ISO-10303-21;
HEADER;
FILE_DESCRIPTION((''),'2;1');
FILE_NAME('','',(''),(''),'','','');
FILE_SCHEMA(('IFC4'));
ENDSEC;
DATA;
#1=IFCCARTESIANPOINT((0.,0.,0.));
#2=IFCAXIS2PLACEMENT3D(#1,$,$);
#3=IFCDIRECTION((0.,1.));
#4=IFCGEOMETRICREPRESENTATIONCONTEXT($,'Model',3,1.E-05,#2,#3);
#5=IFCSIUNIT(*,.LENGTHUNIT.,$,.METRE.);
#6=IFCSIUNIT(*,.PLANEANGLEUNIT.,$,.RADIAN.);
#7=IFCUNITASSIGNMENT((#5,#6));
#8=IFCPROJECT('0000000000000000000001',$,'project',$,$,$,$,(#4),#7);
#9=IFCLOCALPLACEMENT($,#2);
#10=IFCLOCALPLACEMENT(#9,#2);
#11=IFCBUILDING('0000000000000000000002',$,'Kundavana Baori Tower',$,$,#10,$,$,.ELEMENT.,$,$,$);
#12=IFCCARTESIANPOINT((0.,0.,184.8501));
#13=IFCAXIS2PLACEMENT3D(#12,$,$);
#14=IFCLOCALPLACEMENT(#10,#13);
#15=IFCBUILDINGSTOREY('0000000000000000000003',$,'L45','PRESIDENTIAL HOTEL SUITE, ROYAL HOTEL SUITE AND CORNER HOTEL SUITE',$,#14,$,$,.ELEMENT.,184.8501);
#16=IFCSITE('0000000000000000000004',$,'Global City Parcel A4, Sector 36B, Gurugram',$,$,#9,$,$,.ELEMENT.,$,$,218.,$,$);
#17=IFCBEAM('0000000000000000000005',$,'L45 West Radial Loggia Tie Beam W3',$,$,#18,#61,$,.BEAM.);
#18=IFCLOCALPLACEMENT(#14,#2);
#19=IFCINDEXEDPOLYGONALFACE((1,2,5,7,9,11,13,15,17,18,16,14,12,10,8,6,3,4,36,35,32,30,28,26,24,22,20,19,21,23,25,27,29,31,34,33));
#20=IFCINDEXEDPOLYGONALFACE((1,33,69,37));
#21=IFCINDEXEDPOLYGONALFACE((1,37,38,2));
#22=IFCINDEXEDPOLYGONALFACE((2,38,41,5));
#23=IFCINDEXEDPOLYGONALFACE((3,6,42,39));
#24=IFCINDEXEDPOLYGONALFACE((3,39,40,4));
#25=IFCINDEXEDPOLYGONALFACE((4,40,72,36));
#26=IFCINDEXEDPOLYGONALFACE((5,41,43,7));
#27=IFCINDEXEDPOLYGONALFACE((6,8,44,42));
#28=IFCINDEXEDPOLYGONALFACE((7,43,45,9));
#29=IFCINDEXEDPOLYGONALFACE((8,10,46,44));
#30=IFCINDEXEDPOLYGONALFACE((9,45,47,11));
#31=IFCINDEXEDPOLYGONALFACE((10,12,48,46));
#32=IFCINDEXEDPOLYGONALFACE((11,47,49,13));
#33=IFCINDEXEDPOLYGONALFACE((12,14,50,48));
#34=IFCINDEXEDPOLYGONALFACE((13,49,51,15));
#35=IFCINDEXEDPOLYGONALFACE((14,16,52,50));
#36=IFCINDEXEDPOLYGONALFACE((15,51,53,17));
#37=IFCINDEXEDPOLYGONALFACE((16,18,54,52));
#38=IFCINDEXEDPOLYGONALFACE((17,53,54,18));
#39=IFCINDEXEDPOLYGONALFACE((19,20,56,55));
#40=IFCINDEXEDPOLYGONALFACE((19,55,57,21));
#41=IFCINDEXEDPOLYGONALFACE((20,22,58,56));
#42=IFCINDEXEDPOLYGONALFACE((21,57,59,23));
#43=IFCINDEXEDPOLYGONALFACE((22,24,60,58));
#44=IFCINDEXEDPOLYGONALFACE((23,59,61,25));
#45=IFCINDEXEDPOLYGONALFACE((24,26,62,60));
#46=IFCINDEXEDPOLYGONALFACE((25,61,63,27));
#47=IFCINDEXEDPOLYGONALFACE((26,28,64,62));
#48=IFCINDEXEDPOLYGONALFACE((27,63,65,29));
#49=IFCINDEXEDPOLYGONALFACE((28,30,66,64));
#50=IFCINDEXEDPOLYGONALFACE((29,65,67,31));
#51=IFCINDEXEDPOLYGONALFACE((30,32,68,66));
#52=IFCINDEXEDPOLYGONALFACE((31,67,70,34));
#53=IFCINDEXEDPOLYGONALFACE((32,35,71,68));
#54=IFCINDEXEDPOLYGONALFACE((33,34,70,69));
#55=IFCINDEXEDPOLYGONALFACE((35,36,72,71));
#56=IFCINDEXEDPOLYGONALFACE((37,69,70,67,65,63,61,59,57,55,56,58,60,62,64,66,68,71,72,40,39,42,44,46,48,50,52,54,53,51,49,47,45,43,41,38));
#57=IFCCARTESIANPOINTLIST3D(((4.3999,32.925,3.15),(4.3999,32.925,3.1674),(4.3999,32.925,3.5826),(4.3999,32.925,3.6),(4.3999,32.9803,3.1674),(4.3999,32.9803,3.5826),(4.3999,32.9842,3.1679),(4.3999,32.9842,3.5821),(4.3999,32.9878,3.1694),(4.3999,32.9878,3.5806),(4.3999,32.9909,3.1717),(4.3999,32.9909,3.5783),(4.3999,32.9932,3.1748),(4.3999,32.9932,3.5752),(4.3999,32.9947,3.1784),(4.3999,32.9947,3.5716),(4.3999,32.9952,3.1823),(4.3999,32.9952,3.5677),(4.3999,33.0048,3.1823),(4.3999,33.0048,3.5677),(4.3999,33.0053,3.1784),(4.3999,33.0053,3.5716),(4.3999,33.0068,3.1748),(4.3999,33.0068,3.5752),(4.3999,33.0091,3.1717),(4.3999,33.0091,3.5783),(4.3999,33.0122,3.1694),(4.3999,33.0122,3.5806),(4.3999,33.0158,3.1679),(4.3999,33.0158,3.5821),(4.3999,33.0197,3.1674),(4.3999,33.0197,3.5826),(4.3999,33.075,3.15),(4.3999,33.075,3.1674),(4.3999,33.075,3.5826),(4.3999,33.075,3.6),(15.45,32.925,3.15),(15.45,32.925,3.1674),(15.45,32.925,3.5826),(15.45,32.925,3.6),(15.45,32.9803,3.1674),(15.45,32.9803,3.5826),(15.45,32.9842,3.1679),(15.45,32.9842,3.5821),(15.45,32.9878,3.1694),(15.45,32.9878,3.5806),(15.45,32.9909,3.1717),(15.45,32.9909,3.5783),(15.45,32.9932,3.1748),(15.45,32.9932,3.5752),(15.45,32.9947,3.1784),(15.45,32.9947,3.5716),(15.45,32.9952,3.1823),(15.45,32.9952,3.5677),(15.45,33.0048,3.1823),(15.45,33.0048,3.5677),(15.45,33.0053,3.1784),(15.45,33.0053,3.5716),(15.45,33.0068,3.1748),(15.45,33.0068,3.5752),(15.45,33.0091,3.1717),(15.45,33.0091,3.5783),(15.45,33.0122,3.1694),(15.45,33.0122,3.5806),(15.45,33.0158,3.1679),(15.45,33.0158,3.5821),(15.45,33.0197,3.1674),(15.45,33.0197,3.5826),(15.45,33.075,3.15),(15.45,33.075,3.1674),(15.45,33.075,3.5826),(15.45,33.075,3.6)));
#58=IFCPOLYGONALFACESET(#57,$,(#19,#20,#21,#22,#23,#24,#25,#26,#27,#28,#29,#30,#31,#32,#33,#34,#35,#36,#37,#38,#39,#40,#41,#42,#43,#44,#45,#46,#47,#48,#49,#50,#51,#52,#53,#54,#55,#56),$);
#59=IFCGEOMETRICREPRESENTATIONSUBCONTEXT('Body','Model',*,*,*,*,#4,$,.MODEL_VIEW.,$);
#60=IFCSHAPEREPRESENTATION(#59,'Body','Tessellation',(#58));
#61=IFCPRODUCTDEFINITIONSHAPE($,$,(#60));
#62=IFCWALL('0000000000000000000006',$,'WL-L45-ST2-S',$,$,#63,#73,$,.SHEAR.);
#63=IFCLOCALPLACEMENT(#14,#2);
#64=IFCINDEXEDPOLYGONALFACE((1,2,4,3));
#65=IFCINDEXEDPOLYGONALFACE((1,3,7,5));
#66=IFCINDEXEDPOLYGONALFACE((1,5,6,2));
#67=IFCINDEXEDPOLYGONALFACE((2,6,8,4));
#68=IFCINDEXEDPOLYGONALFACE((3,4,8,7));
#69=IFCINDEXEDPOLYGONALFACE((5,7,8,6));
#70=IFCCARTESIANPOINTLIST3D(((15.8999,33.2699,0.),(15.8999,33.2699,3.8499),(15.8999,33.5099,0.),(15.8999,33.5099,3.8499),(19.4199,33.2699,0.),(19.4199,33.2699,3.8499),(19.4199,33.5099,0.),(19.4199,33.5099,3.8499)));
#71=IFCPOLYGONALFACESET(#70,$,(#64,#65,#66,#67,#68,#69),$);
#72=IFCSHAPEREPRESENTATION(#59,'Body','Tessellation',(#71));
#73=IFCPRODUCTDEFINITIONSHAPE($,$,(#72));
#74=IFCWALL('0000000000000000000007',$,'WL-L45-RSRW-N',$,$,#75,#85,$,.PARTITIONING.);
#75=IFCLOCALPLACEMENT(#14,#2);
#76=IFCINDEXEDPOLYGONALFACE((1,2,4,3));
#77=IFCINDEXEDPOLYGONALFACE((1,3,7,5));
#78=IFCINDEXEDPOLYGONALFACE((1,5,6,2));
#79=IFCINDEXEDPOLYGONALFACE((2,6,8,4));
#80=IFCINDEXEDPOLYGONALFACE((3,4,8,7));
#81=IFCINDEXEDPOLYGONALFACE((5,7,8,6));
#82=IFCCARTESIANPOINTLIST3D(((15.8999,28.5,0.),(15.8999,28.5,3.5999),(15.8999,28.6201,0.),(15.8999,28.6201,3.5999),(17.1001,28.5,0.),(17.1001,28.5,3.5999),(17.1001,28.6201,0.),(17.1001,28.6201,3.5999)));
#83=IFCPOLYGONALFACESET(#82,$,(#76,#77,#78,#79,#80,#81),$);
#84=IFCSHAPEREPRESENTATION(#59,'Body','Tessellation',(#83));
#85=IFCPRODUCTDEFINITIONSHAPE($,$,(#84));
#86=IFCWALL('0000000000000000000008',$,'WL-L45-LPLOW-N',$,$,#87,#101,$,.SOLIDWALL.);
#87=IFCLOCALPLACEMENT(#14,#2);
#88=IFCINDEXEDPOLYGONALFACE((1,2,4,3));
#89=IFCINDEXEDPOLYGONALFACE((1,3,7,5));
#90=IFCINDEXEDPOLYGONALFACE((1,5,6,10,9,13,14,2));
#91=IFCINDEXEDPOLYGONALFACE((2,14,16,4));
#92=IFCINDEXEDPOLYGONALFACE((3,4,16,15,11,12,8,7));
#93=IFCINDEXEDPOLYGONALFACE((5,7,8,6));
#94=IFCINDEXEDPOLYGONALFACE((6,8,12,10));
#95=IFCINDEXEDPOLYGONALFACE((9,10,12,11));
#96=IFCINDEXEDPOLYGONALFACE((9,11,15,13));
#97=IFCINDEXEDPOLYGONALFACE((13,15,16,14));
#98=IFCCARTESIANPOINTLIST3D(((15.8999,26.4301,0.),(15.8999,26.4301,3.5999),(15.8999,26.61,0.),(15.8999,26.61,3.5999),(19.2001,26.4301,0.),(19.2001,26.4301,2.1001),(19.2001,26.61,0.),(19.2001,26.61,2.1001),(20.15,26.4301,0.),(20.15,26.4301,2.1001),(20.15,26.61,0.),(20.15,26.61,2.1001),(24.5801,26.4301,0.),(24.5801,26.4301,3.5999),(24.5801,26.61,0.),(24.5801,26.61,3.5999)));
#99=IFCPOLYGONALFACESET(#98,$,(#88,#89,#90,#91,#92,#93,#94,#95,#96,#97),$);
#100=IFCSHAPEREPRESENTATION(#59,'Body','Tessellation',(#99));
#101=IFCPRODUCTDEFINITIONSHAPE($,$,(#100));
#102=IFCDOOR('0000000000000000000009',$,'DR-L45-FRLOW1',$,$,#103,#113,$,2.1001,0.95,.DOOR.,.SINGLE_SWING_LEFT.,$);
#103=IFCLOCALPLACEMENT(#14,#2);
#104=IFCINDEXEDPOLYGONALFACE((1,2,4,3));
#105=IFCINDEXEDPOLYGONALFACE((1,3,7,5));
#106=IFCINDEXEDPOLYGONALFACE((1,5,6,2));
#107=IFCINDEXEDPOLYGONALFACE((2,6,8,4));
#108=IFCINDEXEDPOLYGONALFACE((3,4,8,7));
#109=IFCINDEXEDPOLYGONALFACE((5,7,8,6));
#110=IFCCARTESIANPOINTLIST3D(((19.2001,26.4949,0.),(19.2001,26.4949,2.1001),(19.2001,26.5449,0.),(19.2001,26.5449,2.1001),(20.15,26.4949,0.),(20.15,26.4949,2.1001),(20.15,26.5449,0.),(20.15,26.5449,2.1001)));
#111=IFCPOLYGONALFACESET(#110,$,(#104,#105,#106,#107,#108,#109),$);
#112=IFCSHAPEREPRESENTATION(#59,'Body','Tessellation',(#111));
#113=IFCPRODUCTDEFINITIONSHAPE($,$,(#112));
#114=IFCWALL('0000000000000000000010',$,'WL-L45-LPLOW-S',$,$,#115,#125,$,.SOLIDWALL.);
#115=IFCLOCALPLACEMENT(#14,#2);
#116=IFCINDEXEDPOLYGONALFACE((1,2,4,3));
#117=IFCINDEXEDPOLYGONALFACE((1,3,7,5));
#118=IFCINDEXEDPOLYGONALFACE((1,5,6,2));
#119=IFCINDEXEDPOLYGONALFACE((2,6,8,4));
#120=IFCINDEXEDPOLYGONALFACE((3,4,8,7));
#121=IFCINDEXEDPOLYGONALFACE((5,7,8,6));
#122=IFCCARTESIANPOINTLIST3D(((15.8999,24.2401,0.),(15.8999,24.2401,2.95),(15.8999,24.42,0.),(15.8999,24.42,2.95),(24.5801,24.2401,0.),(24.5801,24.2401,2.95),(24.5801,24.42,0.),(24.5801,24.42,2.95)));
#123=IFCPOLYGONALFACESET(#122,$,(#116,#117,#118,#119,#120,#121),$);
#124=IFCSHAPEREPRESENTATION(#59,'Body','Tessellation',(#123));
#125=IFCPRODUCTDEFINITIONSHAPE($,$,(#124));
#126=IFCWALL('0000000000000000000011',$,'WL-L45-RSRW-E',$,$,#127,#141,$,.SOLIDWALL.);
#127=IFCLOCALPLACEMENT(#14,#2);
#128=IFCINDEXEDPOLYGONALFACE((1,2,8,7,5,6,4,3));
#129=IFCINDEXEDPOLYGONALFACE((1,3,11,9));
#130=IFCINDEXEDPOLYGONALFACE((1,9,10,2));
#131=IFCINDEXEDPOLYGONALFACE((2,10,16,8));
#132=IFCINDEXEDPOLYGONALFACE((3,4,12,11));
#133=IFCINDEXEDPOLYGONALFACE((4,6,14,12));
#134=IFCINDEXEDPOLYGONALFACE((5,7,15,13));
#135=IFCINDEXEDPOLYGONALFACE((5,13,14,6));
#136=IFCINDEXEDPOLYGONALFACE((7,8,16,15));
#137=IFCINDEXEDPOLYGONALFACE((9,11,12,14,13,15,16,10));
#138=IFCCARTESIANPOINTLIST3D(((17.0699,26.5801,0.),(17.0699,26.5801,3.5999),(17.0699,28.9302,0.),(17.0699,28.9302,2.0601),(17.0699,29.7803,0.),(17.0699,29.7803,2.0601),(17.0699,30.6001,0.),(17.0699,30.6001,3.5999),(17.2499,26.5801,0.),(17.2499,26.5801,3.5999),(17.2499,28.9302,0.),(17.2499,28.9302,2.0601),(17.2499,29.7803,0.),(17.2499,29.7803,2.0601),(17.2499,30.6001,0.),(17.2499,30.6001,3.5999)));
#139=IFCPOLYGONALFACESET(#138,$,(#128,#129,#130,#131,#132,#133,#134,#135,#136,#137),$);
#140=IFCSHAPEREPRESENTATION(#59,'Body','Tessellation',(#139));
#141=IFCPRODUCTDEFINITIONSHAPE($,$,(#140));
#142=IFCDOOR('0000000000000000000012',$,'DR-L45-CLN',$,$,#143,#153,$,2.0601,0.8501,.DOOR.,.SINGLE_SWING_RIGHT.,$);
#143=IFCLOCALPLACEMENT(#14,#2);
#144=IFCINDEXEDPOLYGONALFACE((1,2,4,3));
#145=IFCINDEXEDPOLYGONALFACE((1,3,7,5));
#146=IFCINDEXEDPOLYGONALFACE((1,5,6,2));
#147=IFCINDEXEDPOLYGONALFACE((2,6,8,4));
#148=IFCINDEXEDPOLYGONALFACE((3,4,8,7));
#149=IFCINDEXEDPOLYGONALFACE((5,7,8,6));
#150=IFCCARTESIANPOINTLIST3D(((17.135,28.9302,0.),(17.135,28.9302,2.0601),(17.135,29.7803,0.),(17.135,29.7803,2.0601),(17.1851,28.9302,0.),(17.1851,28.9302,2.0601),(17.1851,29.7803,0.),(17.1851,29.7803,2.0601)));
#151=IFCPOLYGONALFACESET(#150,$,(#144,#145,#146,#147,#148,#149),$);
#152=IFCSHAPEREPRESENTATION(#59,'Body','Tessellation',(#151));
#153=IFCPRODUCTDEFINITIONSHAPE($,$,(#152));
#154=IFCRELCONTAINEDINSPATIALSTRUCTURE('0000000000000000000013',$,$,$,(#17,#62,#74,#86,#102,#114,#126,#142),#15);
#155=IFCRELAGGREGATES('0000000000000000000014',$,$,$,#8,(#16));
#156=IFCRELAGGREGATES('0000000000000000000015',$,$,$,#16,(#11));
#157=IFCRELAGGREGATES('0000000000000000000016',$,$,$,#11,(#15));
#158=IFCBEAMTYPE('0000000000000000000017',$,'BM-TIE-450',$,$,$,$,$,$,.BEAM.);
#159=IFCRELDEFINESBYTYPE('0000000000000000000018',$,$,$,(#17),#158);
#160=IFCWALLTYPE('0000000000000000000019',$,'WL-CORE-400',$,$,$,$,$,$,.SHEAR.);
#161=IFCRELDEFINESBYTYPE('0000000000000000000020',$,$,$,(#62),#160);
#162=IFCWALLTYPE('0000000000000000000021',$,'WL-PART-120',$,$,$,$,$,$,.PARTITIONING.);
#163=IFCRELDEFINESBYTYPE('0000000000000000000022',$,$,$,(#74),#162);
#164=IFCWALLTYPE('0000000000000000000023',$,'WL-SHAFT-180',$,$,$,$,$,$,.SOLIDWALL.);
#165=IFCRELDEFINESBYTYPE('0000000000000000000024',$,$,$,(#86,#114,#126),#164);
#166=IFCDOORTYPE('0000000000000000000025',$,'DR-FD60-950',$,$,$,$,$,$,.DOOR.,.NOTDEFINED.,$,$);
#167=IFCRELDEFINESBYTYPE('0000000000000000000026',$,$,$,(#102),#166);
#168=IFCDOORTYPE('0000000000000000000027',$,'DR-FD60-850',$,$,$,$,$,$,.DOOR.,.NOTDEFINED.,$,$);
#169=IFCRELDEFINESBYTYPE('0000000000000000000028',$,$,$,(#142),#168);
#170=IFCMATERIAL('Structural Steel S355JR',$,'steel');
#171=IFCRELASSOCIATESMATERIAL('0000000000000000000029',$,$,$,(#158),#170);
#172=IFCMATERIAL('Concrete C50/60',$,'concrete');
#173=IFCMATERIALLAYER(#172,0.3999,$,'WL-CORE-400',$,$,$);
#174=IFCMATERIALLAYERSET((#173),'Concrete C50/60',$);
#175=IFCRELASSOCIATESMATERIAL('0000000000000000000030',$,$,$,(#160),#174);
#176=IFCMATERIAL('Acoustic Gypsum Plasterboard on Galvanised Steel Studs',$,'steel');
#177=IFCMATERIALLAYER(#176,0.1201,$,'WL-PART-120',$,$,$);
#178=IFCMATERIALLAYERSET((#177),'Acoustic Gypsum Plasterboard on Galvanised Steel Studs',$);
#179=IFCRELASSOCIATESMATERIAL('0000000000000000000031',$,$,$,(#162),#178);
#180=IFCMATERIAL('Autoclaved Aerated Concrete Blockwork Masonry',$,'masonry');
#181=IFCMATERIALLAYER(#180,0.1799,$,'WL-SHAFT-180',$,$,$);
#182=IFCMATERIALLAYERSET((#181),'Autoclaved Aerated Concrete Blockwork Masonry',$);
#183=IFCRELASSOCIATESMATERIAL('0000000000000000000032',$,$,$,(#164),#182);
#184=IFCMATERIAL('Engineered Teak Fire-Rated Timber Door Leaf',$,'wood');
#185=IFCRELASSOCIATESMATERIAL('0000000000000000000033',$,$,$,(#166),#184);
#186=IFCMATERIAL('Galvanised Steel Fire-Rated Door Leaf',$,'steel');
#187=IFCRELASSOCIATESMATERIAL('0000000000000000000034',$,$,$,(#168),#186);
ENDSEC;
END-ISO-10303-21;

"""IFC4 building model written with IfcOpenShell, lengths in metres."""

from ifc_helpers import new_model, si_unit, direction, frame, frame_2d, origin, origin_2d, place, context, subcontext, project, spatial, rectangle, i_section, extrude, material, layer, layer_set, material_profile, profile_set, type_object, element, fill, save


model = new_model("IFC4")

# Units and contexts
model_context = context("Model", 3, precision=1e-05, world=origin(), true_north=direction((0.0, 1.0)))
body_context = subcontext(model_context, "Body", "Model", "MODEL_VIEW")
ifc_project = project(units=[si_unit("LENGTHUNIT", "METRE"), si_unit("PLANEANGLEUNIT", "RADIAN")], contexts=[model_context])

# Site, building, storey
site_placement = place(None, origin())
site = spatial("IfcSite", under=ifc_project, at=site_placement, Name="Global City Parcel A4, Sector 36B, Gurugram", CompositionType="ELEMENT", RefElevation=218.0)
building_placement = place(site_placement, origin())
building = spatial("IfcBuilding", under=site, at=building_placement, Name="Kundavana Baori Tower", CompositionType="ELEMENT")
storey_placement = place(building_placement, frame((0.0, 0.0, 184.8501)))
storey = spatial("IfcBuildingStorey", under=building, at=storey_placement, Name="L45", Description="PRESIDENTIAL HOTEL SUITE, ROYAL HOTEL SUITE AND CORNER HOTEL SUITE", CompositionType="ELEMENT", Elevation=184.8501)

# Beam
ifc_material_1 = material(Name="Structural Steel S355JR", Category="steel")
ifc_material_profile_1 = material_profile(ifc_material_1, i_section(OverallWidth=0.1499, OverallDepth=0.45, WebThickness=0.0095, FlangeThickness=0.0173, FilletRadius=0.0149, at=origin_2d()), Name="ISMB 450")
ifc_profile_set_1 = profile_set([ifc_material_profile_1], Name="Structural Steel S355JR")
beam_type_1 = type_object("IfcBeamType", Name="BM-TIE-450", PredefinedType="BEAM", material=ifc_profile_set_1)
for number, where, z_axis, x_axis, name in (
    (1, (15.45, 33.0, 3.375), (-1.0, 0.0, 0.0), (0.0, -1.0, 0.0), "L45 West Radial Loggia Tie Beam W3"),
):
    element("IfcBeam", number, at=place(storey_placement, frame(where, z_axis=z_axis, x_axis=x_axis)), inside=storey, type_object=beam_type_1, Name=name, PredefinedType="BEAM", context=body_context, shape_type="SweptSolid", body=[
        extrude(i_section(OverallWidth=0.1499, OverallDepth=0.45, WebThickness=0.0095, FlangeThickness=0.0173, FilletRadius=0.0149, at=origin_2d()), origin(), (0.0, 0.0, 1.0), 11.05),
    ])

# Walls
ifc_material_2 = material(Name="Concrete C50/60", Category="concrete")
ifc_layer_1 = layer(ifc_material_2, 0.3999, Name="WL-CORE-400")
ifc_layer_set_1 = layer_set([ifc_layer_1], Name="Concrete C50/60")
wall_type_1 = type_object("IfcWallType", Name="WL-CORE-400", PredefinedType="SHEAR", material=ifc_layer_set_1)
wall_1_placement = place(storey_placement, frame((15.8999, 33.3899, 0.0), z_axis=(0.0, 0.0, 1.0), x_axis=(1.0, 0.0, 0.0)))
element("IfcWall", 2, at=wall_1_placement, inside=storey, type_object=wall_type_1, Name="WL-L45-ST2-S", PredefinedType="SHEAR", context=body_context, shape_type="SweptSolid", body=[
    extrude(rectangle(XDim=3.52, YDim=0.24, at=frame_2d((1.76, 0.0))), origin(), (0.0, 0.0, 1.0), 3.8499),
])
ifc_material_3 = material(Name="Acoustic Gypsum Plasterboard on Galvanised Steel Studs", Category="steel")
ifc_layer_2 = layer(ifc_material_3, 0.1201, Name="WL-PART-120")
ifc_layer_set_2 = layer_set([ifc_layer_2], Name="Acoustic Gypsum Plasterboard on Galvanised Steel Studs")
wall_type_2 = type_object("IfcWallType", Name="WL-PART-120", PredefinedType="PARTITIONING", material=ifc_layer_set_2)
wall_2_placement = place(storey_placement, frame((15.8999, 28.5601, 0.0), z_axis=(0.0, 0.0, 1.0), x_axis=(1.0, 0.0, 0.0)))
element("IfcWall", 3, at=wall_2_placement, inside=storey, type_object=wall_type_2, Name="WL-L45-RSRW-N", PredefinedType="PARTITIONING", context=body_context, shape_type="SweptSolid", body=[
    extrude(rectangle(XDim=1.2002, YDim=0.1201, at=frame_2d((0.6001, 0.0))), origin(), (0.0, 0.0, 1.0), 3.5999),
])

# Wall, opening, door
ifc_material_4 = material(Name="Autoclaved Aerated Concrete Blockwork Masonry", Category="masonry")
ifc_layer_3 = layer(ifc_material_4, 0.1799, Name="WL-SHAFT-180")
ifc_layer_set_3 = layer_set([ifc_layer_3], Name="Autoclaved Aerated Concrete Blockwork Masonry")
wall_type_3 = type_object("IfcWallType", Name="WL-SHAFT-180", PredefinedType="SOLIDWALL", material=ifc_layer_set_3)
wall_3_placement = place(storey_placement, frame((15.8999, 26.52, 0.0), z_axis=(0.0, 0.0, 1.0), x_axis=(1.0, 0.0, 0.0)))
wall_3 = element("IfcWall", 4, at=wall_3_placement, inside=storey, type_object=wall_type_3, Name="WL-L45-LPLOW-N", PredefinedType="SOLIDWALL", context=body_context, shape_type="SweptSolid", body=[
    extrude(rectangle(XDim=8.6802, YDim=0.1799, at=frame_2d((4.3401, 0.0))), origin(), (0.0, 0.0, 1.0), 3.5999),
])
opening_1_placement = place(wall_3_placement, frame((3.3, 0.0, 0.0)))
opening_1 = element("IfcOpeningElement", 5, at=opening_1_placement, cuts=wall_3, PredefinedType="OPENING", context=body_context, shape_type="SweptSolid", body=[
    extrude(rectangle(XDim=0.95, YDim=2.1001, at=frame_2d((0.4751, 1.05))), frame((0.0, 0.1001, 0.0), z_axis=(0.0, -1.0, 0.0), x_axis=(1.0, 0.0, 0.0)), (0.0, 0.0, 1.0), 0.2),
])
ifc_material_5 = material(Name="Engineered Teak Fire-Rated Timber Door Leaf", Category="wood")
door_type_1 = type_object("IfcDoorType", Name="DR-FD60-950", OperationType="NOTDEFINED", PredefinedType="DOOR", material=ifc_material_5)
door_1_placement = place(opening_1_placement, origin())
door_1 = element("IfcDoor", 6, at=door_1_placement, inside=storey, type_object=door_type_1, Name="DR-L45-FRLOW1", OperationType="SINGLE_SWING_LEFT", OverallHeight=2.1001, OverallWidth=0.95, PredefinedType="DOOR", context=body_context, shape_type="SweptSolid", body=[
    extrude(rectangle(XDim=0.95, YDim=2.1001, at=frame_2d((0.4751, 1.05))), frame((0.0, 0.0249, 0.0), z_axis=(0.0, -1.0, 0.0), x_axis=(1.0, 0.0, 0.0)), (0.0, 0.0, 1.0), 0.05),
])
fill(opening_1, door_1)

# Wall
wall_4_placement = place(storey_placement, frame((15.8999, 24.3301, 0.0), z_axis=(0.0, 0.0, 1.0), x_axis=(1.0, 0.0, 0.0)))
element("IfcWall", 7, at=wall_4_placement, inside=storey, type_object=wall_type_3, Name="WL-L45-LPLOW-S", PredefinedType="SOLIDWALL", context=body_context, shape_type="SweptSolid", body=[
    extrude(rectangle(XDim=8.6802, YDim=0.1799, at=frame_2d((4.3401, 0.0))), origin(), (0.0, 0.0, 1.0), 2.95),
])

# Wall, opening, door
wall_5_placement = place(storey_placement, frame((17.1599, 26.5801, 0.0), z_axis=(0.0, 0.0, 1.0), x_axis=(0.0, 1.0, 0.0)))
wall_5 = element("IfcWall", 8, at=wall_5_placement, inside=storey, type_object=wall_type_3, Name="WL-L45-RSRW-E", PredefinedType="SOLIDWALL", context=body_context, shape_type="SweptSolid", body=[
    extrude(rectangle(XDim=4.02, YDim=0.1799, at=frame_2d((2.01, 0.0))), origin(), (0.0, 0.0, 1.0), 3.5999),
])
opening_2_placement = place(wall_5_placement, frame((2.3501, 0.0, 0.0)))
opening_2 = element("IfcOpeningElement", 9, at=opening_2_placement, cuts=wall_5, PredefinedType="OPENING", context=body_context, shape_type="SweptSolid", body=[
    extrude(rectangle(XDim=0.8501, YDim=2.0601, at=frame_2d((0.425, 1.03))), frame((0.0, 0.1001, 0.0), z_axis=(0.0, -1.0, 0.0), x_axis=(1.0, 0.0, 0.0)), (0.0, 0.0, 1.0), 0.2),
])
ifc_material_6 = material(Name="Galvanised Steel Fire-Rated Door Leaf", Category="steel")
door_type_2 = type_object("IfcDoorType", Name="DR-FD60-850", OperationType="NOTDEFINED", PredefinedType="DOOR", material=ifc_material_6)
door_2_placement = place(opening_2_placement, origin())
door_2 = element("IfcDoor", 10, at=door_2_placement, inside=storey, type_object=door_type_2, Name="DR-L45-CLN", OperationType="SINGLE_SWING_RIGHT", OverallHeight=2.0601, OverallWidth=0.8501, PredefinedType="DOOR", context=body_context, shape_type="SweptSolid", body=[
    extrude(rectangle(XDim=0.8501, YDim=2.0601, at=frame_2d((0.425, 1.03))), frame((0.0, 0.0249, 0.0), z_axis=(0.0, -1.0, 0.0), x_axis=(1.0, 0.0, 0.0)), (0.0, 0.0, 1.0), 0.05),
])
fill(opening_2, door_2)

save(model, "model.ifc")
